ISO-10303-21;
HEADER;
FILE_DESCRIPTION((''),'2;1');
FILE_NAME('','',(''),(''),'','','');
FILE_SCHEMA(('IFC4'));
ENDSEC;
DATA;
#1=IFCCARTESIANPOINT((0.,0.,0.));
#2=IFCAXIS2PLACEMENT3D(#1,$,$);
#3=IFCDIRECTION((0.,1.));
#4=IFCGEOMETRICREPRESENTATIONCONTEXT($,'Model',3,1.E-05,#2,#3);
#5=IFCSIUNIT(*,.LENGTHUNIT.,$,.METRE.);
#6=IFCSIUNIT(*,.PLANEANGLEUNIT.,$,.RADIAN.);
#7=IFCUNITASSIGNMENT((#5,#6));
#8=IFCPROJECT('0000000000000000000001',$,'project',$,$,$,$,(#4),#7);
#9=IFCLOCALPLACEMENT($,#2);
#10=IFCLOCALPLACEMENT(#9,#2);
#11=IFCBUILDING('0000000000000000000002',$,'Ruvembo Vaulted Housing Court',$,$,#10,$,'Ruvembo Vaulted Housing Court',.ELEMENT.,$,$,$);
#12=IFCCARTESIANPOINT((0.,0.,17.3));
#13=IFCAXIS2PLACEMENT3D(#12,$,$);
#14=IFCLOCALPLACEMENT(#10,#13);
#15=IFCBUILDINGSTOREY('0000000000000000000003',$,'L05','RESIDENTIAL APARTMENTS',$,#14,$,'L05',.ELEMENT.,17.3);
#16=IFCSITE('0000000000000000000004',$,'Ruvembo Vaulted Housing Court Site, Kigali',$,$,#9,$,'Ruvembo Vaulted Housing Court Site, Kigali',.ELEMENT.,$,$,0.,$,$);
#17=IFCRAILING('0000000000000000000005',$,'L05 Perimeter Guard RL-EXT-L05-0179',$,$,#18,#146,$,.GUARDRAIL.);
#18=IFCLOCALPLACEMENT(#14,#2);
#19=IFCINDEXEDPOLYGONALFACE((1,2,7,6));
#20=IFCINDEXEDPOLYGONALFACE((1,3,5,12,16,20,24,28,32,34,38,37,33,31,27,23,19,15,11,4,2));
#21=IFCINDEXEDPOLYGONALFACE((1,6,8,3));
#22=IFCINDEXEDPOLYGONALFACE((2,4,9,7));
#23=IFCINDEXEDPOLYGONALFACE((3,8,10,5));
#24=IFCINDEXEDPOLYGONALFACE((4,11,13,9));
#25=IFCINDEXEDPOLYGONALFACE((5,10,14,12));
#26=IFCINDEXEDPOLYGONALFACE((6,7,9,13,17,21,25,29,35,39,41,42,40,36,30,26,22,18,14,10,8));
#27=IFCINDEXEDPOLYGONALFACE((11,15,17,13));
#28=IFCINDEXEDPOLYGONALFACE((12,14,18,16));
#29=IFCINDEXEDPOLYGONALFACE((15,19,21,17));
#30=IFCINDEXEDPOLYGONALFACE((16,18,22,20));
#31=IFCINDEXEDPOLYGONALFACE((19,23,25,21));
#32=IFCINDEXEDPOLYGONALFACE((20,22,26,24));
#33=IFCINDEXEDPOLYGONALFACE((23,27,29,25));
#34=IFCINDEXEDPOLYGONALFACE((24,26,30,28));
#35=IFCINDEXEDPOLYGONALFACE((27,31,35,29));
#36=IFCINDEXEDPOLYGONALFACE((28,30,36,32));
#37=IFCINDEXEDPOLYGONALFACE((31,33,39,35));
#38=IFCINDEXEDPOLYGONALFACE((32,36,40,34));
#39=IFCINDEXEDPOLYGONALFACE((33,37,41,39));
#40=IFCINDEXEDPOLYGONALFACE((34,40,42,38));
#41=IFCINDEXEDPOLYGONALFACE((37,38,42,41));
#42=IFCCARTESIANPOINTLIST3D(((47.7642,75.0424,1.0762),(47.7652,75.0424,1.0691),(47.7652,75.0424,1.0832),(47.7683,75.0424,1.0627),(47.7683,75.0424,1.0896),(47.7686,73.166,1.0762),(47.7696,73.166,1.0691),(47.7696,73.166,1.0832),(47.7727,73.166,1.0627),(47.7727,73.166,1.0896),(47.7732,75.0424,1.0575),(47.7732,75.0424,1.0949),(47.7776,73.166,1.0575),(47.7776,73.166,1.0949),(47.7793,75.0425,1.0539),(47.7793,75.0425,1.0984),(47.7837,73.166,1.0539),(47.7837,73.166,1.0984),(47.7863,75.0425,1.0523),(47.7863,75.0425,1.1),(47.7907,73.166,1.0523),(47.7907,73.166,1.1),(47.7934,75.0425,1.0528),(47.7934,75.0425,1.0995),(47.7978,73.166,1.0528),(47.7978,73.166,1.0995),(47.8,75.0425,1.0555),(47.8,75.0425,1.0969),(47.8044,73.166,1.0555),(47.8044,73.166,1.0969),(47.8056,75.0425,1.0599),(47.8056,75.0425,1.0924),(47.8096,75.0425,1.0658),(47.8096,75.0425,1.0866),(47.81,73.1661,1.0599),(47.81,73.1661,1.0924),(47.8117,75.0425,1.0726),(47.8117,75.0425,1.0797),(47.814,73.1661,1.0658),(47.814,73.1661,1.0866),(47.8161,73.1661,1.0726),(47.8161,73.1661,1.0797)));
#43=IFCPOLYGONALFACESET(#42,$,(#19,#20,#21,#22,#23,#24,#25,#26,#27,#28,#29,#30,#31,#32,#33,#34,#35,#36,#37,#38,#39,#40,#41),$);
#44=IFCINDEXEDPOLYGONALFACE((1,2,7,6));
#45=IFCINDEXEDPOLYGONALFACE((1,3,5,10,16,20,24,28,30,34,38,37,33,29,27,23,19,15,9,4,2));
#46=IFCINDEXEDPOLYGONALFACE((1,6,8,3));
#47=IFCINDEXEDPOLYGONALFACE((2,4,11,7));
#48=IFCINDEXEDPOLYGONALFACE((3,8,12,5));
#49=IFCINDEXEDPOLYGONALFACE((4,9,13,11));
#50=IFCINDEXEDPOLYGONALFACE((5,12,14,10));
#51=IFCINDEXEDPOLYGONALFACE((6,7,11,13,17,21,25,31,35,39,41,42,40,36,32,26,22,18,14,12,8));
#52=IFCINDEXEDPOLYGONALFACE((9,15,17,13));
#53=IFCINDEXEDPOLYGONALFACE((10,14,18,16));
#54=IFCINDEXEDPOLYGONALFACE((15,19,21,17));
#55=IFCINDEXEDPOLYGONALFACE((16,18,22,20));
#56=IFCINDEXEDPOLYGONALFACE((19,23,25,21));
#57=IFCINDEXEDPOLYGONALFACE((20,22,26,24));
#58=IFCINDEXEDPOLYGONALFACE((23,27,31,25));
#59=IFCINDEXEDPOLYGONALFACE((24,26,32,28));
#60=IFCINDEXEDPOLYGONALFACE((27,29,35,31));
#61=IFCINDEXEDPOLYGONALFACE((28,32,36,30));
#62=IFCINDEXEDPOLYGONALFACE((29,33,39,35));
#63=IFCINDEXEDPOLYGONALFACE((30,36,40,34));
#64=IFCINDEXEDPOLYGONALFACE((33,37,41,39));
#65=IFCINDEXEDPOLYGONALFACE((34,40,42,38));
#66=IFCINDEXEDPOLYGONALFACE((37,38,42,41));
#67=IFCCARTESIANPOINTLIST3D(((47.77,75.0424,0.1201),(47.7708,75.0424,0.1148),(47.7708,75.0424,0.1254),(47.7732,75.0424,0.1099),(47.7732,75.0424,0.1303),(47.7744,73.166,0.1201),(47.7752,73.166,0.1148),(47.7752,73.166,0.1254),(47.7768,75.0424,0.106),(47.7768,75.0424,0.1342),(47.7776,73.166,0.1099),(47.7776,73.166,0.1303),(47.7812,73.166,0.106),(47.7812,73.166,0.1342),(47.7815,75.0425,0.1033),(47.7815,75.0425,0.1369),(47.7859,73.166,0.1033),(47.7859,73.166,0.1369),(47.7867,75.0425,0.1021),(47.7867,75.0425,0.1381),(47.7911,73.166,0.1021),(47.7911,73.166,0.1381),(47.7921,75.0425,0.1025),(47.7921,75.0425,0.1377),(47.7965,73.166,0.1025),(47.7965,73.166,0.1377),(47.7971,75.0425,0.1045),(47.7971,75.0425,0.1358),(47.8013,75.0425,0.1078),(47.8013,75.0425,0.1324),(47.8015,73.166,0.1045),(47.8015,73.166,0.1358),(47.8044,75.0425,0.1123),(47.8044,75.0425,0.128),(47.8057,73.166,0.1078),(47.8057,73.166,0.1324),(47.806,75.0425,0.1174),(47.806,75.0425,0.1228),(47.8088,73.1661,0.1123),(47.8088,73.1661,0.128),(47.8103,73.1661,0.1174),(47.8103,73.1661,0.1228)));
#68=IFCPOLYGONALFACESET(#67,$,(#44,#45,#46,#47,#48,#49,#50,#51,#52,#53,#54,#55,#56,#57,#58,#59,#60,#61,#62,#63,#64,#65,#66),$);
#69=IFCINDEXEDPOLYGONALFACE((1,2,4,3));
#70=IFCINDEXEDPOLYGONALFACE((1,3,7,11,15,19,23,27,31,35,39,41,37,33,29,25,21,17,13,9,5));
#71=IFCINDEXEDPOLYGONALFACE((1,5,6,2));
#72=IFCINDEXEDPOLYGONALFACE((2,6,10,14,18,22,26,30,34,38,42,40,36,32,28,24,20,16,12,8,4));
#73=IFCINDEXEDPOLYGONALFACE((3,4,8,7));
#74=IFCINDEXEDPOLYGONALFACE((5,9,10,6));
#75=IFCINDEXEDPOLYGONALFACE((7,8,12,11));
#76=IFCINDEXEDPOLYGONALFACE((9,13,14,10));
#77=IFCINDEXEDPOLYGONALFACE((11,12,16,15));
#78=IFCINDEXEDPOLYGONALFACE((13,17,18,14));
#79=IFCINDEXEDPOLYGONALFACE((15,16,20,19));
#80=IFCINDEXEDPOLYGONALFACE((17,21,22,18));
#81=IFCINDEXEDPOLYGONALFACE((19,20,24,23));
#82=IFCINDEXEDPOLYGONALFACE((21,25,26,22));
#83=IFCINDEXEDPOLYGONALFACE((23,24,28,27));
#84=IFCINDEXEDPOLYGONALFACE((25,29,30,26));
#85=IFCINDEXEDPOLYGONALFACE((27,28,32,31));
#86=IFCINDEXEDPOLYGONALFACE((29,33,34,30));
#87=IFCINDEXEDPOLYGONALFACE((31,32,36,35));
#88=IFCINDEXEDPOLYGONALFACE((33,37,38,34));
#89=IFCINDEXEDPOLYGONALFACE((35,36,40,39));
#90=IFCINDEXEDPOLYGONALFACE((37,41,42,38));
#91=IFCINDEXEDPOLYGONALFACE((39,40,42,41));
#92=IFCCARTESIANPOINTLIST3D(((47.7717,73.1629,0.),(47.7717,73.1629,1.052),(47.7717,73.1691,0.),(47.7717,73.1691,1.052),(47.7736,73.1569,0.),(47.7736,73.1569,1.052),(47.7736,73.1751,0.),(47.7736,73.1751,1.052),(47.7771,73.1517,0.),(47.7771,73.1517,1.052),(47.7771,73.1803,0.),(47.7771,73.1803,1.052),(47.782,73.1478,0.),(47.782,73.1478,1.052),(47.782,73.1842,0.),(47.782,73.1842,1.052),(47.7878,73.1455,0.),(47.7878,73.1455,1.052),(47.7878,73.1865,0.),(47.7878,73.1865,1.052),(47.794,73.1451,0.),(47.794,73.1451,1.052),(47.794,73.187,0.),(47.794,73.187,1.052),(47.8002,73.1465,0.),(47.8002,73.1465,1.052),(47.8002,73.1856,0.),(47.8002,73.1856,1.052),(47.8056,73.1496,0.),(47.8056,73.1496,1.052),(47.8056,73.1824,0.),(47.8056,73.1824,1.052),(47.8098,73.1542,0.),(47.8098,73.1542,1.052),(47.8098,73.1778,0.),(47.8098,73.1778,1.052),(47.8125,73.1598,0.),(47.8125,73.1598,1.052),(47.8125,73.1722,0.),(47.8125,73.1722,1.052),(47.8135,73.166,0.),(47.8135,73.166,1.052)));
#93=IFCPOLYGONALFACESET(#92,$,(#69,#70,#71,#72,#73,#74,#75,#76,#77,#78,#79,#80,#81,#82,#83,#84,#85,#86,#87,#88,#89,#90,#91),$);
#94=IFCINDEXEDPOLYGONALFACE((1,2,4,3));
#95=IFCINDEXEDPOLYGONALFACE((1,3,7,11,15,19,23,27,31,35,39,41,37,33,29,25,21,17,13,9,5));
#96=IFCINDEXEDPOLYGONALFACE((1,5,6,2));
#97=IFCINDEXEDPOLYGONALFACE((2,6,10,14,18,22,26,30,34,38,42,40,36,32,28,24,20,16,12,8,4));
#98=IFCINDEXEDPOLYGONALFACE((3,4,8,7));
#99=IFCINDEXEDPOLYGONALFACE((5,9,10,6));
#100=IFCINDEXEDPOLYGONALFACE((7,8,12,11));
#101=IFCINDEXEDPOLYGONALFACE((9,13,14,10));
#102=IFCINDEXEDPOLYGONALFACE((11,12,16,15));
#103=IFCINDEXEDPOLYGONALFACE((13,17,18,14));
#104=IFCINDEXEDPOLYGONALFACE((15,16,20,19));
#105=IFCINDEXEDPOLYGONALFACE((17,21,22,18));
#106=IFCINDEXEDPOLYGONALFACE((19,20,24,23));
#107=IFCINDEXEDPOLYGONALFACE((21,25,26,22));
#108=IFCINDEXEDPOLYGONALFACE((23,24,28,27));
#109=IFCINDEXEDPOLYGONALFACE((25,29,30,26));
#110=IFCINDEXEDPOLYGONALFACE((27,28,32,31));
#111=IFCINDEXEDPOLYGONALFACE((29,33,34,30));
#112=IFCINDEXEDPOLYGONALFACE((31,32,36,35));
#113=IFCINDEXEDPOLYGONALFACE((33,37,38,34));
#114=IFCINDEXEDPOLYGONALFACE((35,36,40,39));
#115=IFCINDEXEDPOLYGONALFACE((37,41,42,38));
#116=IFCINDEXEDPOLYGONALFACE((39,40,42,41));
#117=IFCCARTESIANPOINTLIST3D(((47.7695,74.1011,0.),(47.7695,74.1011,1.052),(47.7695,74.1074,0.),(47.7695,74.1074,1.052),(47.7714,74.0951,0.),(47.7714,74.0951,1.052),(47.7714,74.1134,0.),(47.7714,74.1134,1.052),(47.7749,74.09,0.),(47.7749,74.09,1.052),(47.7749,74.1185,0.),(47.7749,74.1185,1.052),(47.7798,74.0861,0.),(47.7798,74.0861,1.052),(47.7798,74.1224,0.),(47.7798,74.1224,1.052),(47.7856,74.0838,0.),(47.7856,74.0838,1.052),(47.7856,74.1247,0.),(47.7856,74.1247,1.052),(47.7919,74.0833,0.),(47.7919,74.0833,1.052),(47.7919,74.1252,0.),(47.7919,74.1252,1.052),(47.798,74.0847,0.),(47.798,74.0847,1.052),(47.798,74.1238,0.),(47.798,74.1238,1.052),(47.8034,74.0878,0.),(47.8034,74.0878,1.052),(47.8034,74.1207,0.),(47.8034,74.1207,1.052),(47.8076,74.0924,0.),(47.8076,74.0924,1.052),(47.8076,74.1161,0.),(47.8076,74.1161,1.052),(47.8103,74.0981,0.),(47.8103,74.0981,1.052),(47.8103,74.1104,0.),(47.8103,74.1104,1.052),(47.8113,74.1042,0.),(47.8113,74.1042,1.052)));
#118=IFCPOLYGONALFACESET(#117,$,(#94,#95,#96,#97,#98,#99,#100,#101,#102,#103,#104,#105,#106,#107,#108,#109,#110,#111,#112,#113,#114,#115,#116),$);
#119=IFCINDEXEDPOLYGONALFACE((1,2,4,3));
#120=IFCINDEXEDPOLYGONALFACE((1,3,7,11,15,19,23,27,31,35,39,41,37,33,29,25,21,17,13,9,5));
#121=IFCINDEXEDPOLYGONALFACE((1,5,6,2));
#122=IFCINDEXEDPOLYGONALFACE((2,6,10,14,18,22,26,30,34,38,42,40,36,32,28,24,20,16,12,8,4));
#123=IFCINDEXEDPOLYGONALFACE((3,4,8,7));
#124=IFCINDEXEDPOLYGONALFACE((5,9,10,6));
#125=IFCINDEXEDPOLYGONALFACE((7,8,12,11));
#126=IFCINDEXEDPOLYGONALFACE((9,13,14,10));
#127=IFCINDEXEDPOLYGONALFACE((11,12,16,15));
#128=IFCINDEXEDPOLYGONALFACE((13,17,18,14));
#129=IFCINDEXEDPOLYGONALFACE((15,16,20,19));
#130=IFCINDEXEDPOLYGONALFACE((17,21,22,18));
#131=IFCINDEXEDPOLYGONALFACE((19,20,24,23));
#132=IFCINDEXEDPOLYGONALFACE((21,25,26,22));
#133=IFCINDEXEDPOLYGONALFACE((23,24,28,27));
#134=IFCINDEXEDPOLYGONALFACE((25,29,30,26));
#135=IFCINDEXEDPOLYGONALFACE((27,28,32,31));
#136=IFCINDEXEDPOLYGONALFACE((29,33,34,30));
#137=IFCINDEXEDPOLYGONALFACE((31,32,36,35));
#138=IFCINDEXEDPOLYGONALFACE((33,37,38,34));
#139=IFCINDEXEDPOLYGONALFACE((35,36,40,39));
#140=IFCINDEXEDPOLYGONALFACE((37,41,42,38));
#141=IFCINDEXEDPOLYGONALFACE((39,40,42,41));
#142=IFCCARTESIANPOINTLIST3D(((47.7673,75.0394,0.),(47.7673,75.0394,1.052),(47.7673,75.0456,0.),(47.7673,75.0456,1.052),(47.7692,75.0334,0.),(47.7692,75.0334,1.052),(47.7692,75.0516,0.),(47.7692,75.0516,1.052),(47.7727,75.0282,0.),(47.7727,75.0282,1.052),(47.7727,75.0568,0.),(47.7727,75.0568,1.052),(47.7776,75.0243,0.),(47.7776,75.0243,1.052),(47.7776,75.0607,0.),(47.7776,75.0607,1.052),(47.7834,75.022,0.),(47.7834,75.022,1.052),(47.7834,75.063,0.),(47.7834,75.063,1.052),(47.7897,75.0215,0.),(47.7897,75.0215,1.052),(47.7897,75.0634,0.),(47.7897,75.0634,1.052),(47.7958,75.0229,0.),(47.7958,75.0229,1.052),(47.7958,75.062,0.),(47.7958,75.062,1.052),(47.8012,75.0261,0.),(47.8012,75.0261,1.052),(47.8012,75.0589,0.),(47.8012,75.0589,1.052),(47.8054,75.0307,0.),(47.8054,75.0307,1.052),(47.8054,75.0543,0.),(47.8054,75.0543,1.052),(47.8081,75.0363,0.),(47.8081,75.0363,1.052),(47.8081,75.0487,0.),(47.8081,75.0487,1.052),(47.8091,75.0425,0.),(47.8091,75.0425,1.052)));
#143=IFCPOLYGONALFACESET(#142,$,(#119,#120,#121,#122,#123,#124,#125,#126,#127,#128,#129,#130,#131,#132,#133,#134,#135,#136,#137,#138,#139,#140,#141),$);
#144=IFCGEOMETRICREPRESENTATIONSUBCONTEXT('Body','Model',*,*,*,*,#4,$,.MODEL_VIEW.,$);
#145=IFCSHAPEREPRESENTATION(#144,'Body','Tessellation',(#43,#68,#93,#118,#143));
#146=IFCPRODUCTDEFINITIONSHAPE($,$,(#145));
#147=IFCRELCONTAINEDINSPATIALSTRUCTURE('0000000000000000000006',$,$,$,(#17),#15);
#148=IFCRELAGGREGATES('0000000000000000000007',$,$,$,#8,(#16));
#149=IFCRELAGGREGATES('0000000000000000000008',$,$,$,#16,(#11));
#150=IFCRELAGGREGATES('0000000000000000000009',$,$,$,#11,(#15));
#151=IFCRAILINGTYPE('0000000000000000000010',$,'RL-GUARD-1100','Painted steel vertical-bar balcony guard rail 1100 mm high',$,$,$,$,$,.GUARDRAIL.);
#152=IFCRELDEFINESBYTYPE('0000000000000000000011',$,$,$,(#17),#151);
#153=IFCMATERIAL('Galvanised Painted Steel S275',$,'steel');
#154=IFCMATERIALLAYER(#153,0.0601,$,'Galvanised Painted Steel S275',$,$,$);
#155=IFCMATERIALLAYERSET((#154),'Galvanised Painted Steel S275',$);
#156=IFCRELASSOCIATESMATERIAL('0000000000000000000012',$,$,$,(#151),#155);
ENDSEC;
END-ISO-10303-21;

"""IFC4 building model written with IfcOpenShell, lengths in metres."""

from ifc_helpers import new_model, si_unit, direction, frame, origin, origin_2d, place, context, subcontext, project, spatial, circle, extrude, material, layer, layer_set, type_object, element, save


model = new_model("IFC4")

# Units and contexts
model_context = context("Model", 3, precision=1e-05, world=origin(), true_north=direction((0.0, 1.0)))
body_context = subcontext(model_context, "Body", "Model", "MODEL_VIEW")
ifc_project = project(units=[si_unit("LENGTHUNIT", "METRE"), si_unit("PLANEANGLEUNIT", "RADIAN")], contexts=[model_context])

# Site, building, storey
site_placement = place(None, origin())
site = spatial("IfcSite", under=ifc_project, at=site_placement, Name="Ruvembo Vaulted Housing Court Site, Kigali", LongName="Ruvembo Vaulted Housing Court Site, Kigali", CompositionType="ELEMENT", RefElevation=0.0)
building_placement = place(site_placement, origin())
building = spatial("IfcBuilding", under=site, at=building_placement, Name="Ruvembo Vaulted Housing Court", LongName="Ruvembo Vaulted Housing Court", CompositionType="ELEMENT")
storey_placement = place(building_placement, frame((0.0, 0.0, 17.3)))
storey = spatial("IfcBuildingStorey", under=building, at=storey_placement, Name="L05", Description="RESIDENTIAL APARTMENTS", LongName="L05", CompositionType="ELEMENT", Elevation=17.3)

# Railing
ifc_material_1 = material(Name="Galvanised Painted Steel S275", Category="steel")
ifc_layer_1 = layer(ifc_material_1, 0.0601, Name="Galvanised Painted Steel S275")
ifc_layer_set_1 = layer_set([ifc_layer_1], Name="Galvanised Painted Steel S275")
railing_type = type_object("IfcRailingType", Name="RL-GUARD-1100", Description="Painted steel vertical-bar balcony guard rail 1100 mm high", PredefinedType="GUARDRAIL", material=ifc_layer_set_1)
railing_1_placement = place(storey_placement, frame((47.7925, 73.166, 0.0)))
element("IfcRailing", 1, at=railing_1_placement, inside=storey, type_object=railing_type, Name="L05 Perimeter Guard RL-EXT-L05-0179", PredefinedType="GUARDRAIL", context=body_context, shape_type="SweptSolid", body=[
    extrude(circle(Radius=0.0239, at=origin_2d()), frame((0.0, 0.0, 1.0762), z_axis=(-0.002342, 0.999997, 0.0), x_axis=(-0.999997, -0.002342, 0.0)), (0.0, 0.0, 1.0), 1.8765),
    extrude(circle(Radius=0.0181, at=origin_2d()), frame((0.0, 0.0, 0.1201), z_axis=(-0.002342, 0.999997, 0.0), x_axis=(-0.999997, -0.002342, 0.0)), (0.0, 0.0, 1.0), 1.8765),
    extrude(circle(Radius=0.021, at=origin_2d()), origin(), (0.0, 0.0, 1.0), 1.052),
    extrude(circle(Radius=0.021, at=origin_2d()), frame((-0.0022, 0.9382, 0.0)), (0.0, 0.0, 1.0), 1.052),
    extrude(circle(Radius=0.021, at=origin_2d()), frame((-0.0044, 1.8765, 0.0)), (0.0, 0.0, 1.0), 1.052),
])

save(model, "model.ifc")
